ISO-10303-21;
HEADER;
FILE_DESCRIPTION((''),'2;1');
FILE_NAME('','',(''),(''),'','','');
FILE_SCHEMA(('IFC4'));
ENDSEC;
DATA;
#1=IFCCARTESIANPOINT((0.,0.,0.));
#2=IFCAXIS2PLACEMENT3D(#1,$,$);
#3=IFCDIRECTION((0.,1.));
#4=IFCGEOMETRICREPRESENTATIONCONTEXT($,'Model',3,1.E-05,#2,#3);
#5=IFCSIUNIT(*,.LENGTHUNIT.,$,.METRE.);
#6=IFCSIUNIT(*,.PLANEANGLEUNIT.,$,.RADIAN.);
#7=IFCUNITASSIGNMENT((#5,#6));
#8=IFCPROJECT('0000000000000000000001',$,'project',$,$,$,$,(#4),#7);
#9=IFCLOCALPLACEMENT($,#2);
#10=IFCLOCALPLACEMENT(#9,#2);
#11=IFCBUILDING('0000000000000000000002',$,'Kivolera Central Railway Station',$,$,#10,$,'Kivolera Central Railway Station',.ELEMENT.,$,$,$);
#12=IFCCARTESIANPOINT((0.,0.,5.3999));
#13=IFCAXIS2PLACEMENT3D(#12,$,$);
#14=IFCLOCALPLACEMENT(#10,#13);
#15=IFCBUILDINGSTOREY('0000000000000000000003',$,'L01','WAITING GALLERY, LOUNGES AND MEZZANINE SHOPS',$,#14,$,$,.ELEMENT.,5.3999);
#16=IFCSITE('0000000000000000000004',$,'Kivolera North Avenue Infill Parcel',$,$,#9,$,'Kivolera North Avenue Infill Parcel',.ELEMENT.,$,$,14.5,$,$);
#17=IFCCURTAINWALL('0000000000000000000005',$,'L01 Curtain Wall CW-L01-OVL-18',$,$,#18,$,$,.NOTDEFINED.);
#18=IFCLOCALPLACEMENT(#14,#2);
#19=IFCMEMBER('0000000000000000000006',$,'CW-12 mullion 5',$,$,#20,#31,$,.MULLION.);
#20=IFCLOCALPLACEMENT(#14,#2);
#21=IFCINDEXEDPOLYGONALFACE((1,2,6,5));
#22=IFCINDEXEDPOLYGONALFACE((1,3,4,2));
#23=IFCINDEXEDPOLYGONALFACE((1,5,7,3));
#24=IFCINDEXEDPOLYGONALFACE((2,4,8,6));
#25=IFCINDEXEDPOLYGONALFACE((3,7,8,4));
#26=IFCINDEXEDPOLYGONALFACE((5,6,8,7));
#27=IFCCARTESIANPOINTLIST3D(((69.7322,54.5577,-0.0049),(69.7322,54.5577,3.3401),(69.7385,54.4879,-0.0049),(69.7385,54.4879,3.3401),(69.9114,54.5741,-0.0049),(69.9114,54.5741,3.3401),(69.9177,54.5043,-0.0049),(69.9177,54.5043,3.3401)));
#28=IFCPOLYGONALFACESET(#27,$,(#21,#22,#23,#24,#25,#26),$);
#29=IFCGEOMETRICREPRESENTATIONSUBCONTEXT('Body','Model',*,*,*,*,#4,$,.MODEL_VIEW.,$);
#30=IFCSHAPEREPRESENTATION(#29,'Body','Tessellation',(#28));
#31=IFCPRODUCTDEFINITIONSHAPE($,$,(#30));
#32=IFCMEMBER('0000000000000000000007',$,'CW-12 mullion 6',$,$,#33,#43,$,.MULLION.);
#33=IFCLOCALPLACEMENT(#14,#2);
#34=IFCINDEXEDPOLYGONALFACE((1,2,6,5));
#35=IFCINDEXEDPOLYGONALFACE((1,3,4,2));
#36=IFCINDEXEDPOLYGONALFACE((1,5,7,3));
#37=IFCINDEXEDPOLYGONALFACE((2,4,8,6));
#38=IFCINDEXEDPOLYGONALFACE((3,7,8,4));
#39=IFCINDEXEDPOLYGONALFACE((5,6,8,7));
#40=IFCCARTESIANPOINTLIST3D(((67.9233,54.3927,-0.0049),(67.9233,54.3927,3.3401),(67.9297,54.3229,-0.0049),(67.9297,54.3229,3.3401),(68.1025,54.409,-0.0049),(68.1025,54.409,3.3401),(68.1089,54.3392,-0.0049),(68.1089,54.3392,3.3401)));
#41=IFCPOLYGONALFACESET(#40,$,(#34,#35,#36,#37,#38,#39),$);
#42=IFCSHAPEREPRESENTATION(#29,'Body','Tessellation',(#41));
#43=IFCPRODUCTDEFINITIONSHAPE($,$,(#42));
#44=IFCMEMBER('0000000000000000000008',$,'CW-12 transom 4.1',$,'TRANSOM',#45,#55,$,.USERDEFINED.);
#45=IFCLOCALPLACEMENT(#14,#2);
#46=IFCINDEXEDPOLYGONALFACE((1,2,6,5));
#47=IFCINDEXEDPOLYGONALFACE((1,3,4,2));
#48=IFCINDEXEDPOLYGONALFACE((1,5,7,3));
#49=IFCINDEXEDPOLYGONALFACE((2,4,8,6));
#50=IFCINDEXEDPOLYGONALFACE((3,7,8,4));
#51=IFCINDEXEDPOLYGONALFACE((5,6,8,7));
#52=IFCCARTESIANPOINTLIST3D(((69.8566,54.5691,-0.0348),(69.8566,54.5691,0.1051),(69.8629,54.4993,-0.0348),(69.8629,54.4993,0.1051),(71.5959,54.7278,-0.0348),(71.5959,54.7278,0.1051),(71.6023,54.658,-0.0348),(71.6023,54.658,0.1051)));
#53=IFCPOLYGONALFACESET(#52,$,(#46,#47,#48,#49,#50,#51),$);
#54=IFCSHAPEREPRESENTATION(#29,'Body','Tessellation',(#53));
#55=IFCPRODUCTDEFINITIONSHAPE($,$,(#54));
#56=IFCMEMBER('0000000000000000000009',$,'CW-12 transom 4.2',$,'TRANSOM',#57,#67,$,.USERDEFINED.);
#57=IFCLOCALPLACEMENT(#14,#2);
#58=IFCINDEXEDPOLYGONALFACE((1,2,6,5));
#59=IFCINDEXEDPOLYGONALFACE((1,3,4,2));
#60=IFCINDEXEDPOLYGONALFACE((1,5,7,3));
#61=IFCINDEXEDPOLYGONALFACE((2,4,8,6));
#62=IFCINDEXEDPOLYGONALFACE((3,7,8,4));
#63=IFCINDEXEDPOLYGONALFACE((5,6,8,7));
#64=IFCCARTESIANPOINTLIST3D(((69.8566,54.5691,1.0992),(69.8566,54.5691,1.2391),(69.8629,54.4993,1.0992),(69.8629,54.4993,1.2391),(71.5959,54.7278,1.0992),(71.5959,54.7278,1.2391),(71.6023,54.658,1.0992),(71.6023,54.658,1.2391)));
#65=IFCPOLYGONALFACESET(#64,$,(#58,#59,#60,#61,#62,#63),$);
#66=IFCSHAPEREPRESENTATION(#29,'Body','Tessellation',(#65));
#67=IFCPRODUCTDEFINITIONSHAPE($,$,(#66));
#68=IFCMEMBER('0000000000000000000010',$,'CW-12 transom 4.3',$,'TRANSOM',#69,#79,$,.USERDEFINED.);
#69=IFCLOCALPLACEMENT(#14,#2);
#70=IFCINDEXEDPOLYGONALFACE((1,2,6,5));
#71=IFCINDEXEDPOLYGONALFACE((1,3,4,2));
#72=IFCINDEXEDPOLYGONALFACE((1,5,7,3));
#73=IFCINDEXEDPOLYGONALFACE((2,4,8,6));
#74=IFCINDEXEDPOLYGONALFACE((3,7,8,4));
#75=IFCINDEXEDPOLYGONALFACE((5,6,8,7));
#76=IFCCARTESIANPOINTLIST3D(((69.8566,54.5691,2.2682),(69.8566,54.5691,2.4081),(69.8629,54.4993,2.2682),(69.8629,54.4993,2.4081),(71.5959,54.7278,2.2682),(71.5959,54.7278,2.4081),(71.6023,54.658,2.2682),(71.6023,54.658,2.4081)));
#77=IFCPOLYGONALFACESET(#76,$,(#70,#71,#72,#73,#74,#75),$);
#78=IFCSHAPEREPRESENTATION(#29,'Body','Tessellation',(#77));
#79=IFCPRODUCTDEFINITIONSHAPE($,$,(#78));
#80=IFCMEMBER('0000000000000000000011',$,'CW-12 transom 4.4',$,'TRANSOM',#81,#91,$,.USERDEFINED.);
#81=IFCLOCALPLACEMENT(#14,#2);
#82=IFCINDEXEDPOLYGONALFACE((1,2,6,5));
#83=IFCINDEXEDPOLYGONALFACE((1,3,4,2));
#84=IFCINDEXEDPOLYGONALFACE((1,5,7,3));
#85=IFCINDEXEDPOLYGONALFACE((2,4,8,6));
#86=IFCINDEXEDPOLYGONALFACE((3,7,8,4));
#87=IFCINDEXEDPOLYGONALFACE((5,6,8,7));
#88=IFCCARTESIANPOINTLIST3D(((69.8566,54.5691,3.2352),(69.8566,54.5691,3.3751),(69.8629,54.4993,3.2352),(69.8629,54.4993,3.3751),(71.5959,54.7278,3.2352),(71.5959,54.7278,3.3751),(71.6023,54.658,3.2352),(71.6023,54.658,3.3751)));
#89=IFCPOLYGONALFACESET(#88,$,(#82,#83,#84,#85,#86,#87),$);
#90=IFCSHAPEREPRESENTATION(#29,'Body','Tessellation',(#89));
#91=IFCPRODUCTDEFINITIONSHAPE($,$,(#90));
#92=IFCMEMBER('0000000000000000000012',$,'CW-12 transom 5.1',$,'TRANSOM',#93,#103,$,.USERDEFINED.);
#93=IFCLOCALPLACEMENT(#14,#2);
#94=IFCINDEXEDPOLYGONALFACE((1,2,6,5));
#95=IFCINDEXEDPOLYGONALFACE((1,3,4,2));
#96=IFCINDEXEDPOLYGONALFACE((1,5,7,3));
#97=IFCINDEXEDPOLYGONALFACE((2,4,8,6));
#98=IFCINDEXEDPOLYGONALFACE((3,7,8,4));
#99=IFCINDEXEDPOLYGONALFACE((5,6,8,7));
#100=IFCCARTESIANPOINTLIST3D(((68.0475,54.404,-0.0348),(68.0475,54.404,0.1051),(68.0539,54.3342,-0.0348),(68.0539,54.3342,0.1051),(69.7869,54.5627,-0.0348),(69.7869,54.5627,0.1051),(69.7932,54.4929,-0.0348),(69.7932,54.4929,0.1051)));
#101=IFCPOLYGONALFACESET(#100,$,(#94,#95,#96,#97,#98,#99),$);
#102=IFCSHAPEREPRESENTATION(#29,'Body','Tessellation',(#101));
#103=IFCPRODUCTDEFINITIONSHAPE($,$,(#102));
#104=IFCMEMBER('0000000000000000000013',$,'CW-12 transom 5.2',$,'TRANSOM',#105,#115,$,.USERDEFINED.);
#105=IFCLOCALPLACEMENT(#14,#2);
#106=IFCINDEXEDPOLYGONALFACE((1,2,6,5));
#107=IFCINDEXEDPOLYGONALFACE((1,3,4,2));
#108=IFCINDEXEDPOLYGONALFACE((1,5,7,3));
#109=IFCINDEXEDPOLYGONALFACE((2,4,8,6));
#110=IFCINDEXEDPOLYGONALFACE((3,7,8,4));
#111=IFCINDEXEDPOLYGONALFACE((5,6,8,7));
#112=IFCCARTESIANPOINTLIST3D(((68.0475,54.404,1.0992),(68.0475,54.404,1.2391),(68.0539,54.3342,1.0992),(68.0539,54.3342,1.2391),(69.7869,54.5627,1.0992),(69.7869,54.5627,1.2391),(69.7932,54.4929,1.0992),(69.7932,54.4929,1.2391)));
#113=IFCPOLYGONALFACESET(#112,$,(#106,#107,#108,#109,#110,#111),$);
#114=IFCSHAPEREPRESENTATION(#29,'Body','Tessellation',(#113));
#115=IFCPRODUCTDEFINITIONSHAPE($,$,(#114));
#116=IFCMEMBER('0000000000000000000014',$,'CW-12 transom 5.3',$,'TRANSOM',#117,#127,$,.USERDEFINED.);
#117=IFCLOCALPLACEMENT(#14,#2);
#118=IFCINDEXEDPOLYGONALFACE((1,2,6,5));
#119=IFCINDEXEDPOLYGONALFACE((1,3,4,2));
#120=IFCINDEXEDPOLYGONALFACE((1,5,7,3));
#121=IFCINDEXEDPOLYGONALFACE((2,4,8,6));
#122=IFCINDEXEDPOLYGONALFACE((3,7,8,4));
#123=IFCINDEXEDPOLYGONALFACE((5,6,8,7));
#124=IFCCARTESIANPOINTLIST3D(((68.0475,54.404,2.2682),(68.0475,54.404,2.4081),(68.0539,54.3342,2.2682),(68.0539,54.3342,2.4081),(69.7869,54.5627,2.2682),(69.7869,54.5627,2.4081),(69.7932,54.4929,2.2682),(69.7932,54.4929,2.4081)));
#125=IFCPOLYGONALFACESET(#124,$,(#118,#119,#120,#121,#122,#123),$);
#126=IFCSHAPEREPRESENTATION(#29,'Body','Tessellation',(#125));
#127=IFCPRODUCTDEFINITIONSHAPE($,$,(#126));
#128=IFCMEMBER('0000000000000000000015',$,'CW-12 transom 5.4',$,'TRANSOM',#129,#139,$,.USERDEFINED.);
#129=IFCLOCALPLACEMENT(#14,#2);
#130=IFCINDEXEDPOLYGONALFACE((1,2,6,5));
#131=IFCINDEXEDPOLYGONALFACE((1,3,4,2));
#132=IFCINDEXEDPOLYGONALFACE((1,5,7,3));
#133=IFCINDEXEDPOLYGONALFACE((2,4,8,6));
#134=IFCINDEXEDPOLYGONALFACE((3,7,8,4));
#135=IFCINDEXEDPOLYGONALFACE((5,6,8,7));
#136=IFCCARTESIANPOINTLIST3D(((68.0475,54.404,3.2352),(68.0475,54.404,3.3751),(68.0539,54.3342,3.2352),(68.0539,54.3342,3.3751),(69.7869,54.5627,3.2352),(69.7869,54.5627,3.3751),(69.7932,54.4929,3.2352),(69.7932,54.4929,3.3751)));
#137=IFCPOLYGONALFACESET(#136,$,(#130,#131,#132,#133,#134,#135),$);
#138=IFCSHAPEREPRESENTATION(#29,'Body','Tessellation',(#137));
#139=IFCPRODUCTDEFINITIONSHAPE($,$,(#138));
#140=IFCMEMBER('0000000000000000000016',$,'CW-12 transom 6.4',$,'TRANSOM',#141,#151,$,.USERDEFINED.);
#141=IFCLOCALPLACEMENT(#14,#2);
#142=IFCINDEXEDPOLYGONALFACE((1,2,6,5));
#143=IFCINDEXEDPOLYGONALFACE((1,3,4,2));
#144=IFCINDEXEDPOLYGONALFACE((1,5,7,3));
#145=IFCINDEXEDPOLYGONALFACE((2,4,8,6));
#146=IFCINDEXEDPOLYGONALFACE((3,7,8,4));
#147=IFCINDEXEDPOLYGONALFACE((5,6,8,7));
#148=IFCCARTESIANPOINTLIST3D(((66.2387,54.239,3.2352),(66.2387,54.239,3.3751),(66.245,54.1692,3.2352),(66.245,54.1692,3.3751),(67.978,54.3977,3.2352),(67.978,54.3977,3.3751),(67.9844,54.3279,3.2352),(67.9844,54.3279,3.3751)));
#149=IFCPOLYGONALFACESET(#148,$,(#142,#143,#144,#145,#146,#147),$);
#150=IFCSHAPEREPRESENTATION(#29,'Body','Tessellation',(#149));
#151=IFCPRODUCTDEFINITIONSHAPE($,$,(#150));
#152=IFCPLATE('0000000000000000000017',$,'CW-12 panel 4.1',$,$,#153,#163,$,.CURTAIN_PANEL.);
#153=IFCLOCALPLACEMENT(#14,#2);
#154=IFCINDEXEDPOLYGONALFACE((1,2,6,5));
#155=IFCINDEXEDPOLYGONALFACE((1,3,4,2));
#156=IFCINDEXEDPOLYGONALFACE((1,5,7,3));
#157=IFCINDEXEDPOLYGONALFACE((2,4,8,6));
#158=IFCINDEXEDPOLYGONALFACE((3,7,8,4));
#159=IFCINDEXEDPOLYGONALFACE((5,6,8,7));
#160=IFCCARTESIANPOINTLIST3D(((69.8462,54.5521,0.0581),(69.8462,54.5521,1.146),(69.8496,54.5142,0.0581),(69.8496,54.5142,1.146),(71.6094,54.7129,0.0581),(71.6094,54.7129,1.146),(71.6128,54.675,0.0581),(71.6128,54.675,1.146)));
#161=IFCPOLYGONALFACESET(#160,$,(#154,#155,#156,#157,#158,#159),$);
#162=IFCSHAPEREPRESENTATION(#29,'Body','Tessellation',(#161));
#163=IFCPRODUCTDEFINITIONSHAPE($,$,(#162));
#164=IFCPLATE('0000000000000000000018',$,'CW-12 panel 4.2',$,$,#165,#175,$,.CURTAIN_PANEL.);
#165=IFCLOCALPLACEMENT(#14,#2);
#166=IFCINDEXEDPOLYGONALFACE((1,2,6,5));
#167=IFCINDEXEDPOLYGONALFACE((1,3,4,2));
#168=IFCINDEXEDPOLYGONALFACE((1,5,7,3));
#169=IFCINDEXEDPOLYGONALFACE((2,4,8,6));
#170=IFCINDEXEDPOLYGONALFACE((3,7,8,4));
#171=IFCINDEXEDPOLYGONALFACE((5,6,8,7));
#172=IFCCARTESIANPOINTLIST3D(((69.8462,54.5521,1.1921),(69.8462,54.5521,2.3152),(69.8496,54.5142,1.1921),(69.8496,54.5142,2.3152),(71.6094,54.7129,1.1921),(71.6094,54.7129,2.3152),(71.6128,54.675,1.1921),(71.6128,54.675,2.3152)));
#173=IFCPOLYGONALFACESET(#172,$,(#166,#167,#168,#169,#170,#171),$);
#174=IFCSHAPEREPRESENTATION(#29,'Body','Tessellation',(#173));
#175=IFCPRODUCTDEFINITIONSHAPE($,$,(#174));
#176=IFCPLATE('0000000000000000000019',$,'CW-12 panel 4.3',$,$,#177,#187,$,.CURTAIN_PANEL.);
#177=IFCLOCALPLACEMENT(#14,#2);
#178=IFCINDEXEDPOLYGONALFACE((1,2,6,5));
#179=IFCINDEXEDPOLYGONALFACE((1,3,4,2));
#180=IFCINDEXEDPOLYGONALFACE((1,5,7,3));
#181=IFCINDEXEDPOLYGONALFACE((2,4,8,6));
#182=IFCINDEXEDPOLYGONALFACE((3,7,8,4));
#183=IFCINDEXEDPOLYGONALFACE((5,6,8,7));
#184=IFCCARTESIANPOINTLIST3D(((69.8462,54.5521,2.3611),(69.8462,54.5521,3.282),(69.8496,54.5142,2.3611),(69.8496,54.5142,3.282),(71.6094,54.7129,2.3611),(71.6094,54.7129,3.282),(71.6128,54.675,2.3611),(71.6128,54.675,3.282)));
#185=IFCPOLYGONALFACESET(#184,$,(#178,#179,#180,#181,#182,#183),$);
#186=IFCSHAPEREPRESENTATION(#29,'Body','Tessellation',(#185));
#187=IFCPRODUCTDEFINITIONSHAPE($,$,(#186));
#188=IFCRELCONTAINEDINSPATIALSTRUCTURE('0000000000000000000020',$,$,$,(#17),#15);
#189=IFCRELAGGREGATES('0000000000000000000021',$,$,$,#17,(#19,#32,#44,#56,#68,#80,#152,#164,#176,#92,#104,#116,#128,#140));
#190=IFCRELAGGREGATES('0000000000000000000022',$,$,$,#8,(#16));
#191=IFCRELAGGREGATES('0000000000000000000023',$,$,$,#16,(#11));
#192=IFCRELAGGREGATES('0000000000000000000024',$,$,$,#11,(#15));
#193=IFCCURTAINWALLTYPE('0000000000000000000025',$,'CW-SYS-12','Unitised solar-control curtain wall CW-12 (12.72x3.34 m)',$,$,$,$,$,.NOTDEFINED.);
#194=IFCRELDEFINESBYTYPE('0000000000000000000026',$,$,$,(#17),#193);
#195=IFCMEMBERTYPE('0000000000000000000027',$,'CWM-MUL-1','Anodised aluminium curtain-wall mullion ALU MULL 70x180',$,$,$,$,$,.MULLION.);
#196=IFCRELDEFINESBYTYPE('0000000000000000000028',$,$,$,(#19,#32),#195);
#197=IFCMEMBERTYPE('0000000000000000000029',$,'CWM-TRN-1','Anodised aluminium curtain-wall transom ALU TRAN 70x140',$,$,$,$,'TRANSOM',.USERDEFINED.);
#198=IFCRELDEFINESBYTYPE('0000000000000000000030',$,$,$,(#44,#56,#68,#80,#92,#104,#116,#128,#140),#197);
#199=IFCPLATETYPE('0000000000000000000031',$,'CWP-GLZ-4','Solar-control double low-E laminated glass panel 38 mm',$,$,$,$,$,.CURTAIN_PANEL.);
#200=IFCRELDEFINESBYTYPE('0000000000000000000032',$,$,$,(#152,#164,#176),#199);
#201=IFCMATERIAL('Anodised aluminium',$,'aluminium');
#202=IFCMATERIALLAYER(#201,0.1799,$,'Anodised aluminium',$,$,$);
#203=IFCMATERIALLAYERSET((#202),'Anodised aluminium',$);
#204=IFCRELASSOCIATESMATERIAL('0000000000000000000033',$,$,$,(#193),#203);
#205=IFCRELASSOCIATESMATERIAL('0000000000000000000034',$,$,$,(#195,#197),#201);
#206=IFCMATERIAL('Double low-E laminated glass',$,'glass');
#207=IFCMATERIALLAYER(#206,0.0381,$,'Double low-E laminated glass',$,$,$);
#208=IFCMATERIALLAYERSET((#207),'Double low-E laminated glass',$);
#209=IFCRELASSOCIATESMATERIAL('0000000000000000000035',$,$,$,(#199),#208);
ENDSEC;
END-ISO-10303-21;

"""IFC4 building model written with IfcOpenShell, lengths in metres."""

from ifc_helpers import new_model, si_unit, direction, frame, origin, origin_2d, place, context, subcontext, project, spatial, rectangle, extrude, material, layer, layer_set, material_profile, profile_set, type_object, element, aggregate, save


model = new_model("IFC4")

# Units and contexts
model_context = context("Model", 3, precision=1e-05, world=origin(), true_north=direction((0.0, 1.0)))
body_context = subcontext(model_context, "Body", "Model", "MODEL_VIEW")
ifc_project = project(units=[si_unit("LENGTHUNIT", "METRE"), si_unit("PLANEANGLEUNIT", "RADIAN")], contexts=[model_context])

# Site, building, storey
site_placement = place(None, origin())
site = spatial("IfcSite", under=ifc_project, at=site_placement, Name="Kivolera North Avenue Infill Parcel", LongName="Kivolera North Avenue Infill Parcel", CompositionType="ELEMENT", RefElevation=14.5)
building_placement = place(site_placement, origin())
building = spatial("IfcBuilding", under=site, at=building_placement, Name="Kivolera Central Railway Station", LongName="Kivolera Central Railway Station", CompositionType="ELEMENT")
storey_placement = place(building_placement, frame((0.0, 0.0, 5.3999)))
storey = spatial("IfcBuildingStorey", under=building, at=storey_placement, Name="L01", Description="WAITING GALLERY, LOUNGES AND MEZZANINE SHOPS", CompositionType="ELEMENT", Elevation=5.3999)

# Curtain wall, members, plates
ifc_material_1 = material(Name="Anodised aluminium", Category="aluminium")
ifc_layer_1 = layer(ifc_material_1, 0.1799, Name="Anodised aluminium")
ifc_layer_set_1 = layer_set([ifc_layer_1], Name="Anodised aluminium")
curtain_wall_type = type_object("IfcCurtainWallType", Name="CW-SYS-12", Description="Unitised solar-control curtain wall CW-12 (12.72x3.34 m)", PredefinedType="NOTDEFINED", material=ifc_layer_set_1)
curtain_wall_placement = place(storey_placement, origin())
curtain_wall = element("IfcCurtainWall", 1, at=curtain_wall_placement, inside=storey, type_object=curtain_wall_type, Name="L01 Curtain Wall CW-L01-OVL-18", PredefinedType="NOTDEFINED")
ifc_material_profile_1 = material_profile(ifc_material_1, rectangle(XDim=0.0701, YDim=0.1799, at=origin_2d()), Name="ALU MULL 70x180")
ifc_profile_set_1 = profile_set([ifc_material_profile_1], Name="Anodised aluminium")
member_type_1 = type_object("IfcMemberType", Name="CWM-MUL-1", Description="Anodised aluminium curtain-wall mullion ALU MULL 70x180", PredefinedType="MULLION", material=ifc_profile_set_1)
member_1_placement = place(storey_placement, frame((69.825, 54.531, -0.0049), z_axis=(0.0, 0.0, 1.0), x_axis=(0.090834, -0.995866, 0.0)))
member_1 = element("IfcMember", 2, at=member_1_placement, type_object=member_type_1, Name="CW-12 mullion 5", PredefinedType="MULLION", context=body_context, shape_type="SweptSolid", body=[
    extrude(rectangle(XDim=0.0701, YDim=0.1799, at=origin_2d()), origin(), (0.0, 0.0, 1.0), 3.345),
])
member_2_placement = place(storey_placement, frame((68.0161, 54.366, -0.0049), z_axis=(0.0, 0.0, 1.0), x_axis=(0.090834, -0.995866, 0.0)))
member_2 = element("IfcMember", 3, at=member_2_placement, type_object=member_type_1, Name="CW-12 mullion 6", PredefinedType="MULLION", context=body_context, shape_type="SweptSolid", body=[
    extrude(rectangle(XDim=0.0701, YDim=0.1799, at=origin_2d()), origin(), (0.0, 0.0, 1.0), 3.345),
])
ifc_material_profile_2 = material_profile(ifc_material_1, rectangle(XDim=0.0701, YDim=0.1399, at=origin_2d()), Name="ALU TRAN 70x140")
ifc_profile_set_2 = profile_set([ifc_material_profile_2], Name="Anodised aluminium")
member_type_2 = type_object("IfcMemberType", Name="CWM-TRN-1", Description="Anodised aluminium curtain-wall transom ALU TRAN 70x140", ElementType="TRANSOM", PredefinedType="USERDEFINED", material=ifc_profile_set_2)
member_3_placement = place(storey_placement, frame((71.5991, 54.6929, 0.0352), z_axis=(-0.995863, -0.090863, 0.0), x_axis=(0.090863, -0.995863, 0.0)))
member_3 = element("IfcMember", 4, at=member_3_placement, type_object=member_type_2, Name="CW-12 transom 4.1", ObjectType="TRANSOM", PredefinedType="USERDEFINED", context=body_context, shape_type="SweptSolid", body=[
    extrude(rectangle(XDim=0.0701, YDim=0.1399, at=origin_2d()), origin(), (0.0, 0.0, 1.0), 1.7466),
])
member_4_placement = place(storey_placement, frame((71.5991, 54.6929, 1.1692), z_axis=(-0.995863, -0.090863, 0.0), x_axis=(0.090863, -0.995863, 0.0)))
member_4 = element("IfcMember", 5, at=member_4_placement, type_object=member_type_2, Name="CW-12 transom 4.2", ObjectType="TRANSOM", PredefinedType="USERDEFINED", context=body_context, shape_type="SweptSolid", body=[
    extrude(rectangle(XDim=0.0701, YDim=0.1399, at=origin_2d()), origin(), (0.0, 0.0, 1.0), 1.7466),
])
member_5_placement = place(storey_placement, frame((71.5991, 54.6929, 2.3381), z_axis=(-0.995863, -0.090863, 0.0), x_axis=(0.090863, -0.995863, 0.0)))
member_5 = element("IfcMember", 6, at=member_5_placement, type_object=member_type_2, Name="CW-12 transom 4.3", ObjectType="TRANSOM", PredefinedType="USERDEFINED", context=body_context, shape_type="SweptSolid", body=[
    extrude(rectangle(XDim=0.0701, YDim=0.1399, at=origin_2d()), origin(), (0.0, 0.0, 1.0), 1.7466),
])
member_6_placement = place(storey_placement, frame((71.5991, 54.6929, 3.3052), z_axis=(-0.995863, -0.090863, 0.0), x_axis=(0.090863, -0.995863, 0.0)))
member_6 = element("IfcMember", 7, at=member_6_placement, type_object=member_type_2, Name="CW-12 transom 4.4", ObjectType="TRANSOM", PredefinedType="USERDEFINED", context=body_context, shape_type="SweptSolid", body=[
    extrude(rectangle(XDim=0.0701, YDim=0.1399, at=origin_2d()), origin(), (0.0, 0.0, 1.0), 1.7466),
])
member_7_placement = place(storey_placement, frame((69.79, 54.5278, 0.0352), z_axis=(-0.995863, -0.090863, 0.0), x_axis=(0.090863, -0.995863, 0.0)))
member_7 = element("IfcMember", 8, at=member_7_placement, type_object=member_type_2, Name="CW-12 transom 5.1", ObjectType="TRANSOM", PredefinedType="USERDEFINED", context=body_context, shape_type="SweptSolid", body=[
    extrude(rectangle(XDim=0.0701, YDim=0.1399, at=origin_2d()), origin(), (0.0, 0.0, 1.0), 1.7466),
])
member_8_placement = place(storey_placement, frame((69.79, 54.5278, 1.1692), z_axis=(-0.995863, -0.090863, 0.0), x_axis=(0.090863, -0.995863, 0.0)))
member_8 = element("IfcMember", 9, at=member_8_placement, type_object=member_type_2, Name="CW-12 transom 5.2", ObjectType="TRANSOM", PredefinedType="USERDEFINED", context=body_context, shape_type="SweptSolid", body=[
    extrude(rectangle(XDim=0.0701, YDim=0.1399, at=origin_2d()), origin(), (0.0, 0.0, 1.0), 1.7466),
])
member_9_placement = place(storey_placement, frame((69.79, 54.5278, 2.3381), z_axis=(-0.995863, -0.090863, 0.0), x_axis=(0.090863, -0.995863, 0.0)))
member_9 = element("IfcMember", 10, at=member_9_placement, type_object=member_type_2, Name="CW-12 transom 5.3", ObjectType="TRANSOM", PredefinedType="USERDEFINED", context=body_context, shape_type="SweptSolid", body=[
    extrude(rectangle(XDim=0.0701, YDim=0.1399, at=origin_2d()), origin(), (0.0, 0.0, 1.0), 1.7466),
])
member_10_placement = place(storey_placement, frame((69.79, 54.5278, 3.3052), z_axis=(-0.995863, -0.090863, 0.0), x_axis=(0.090863, -0.995863, 0.0)))
member_10 = element("IfcMember", 11, at=member_10_placement, type_object=member_type_2, Name="CW-12 transom 5.4", ObjectType="TRANSOM", PredefinedType="USERDEFINED", context=body_context, shape_type="SweptSolid", body=[
    extrude(rectangle(XDim=0.0701, YDim=0.1399, at=origin_2d()), origin(), (0.0, 0.0, 1.0), 1.7466),
])
member_11_placement = place(storey_placement, frame((67.9812, 54.3628, 3.3052), z_axis=(-0.995863, -0.090863, 0.0), x_axis=(0.090863, -0.995863, 0.0)))
member_11 = element("IfcMember", 12, at=member_11_placement, type_object=member_type_2, Name="CW-12 transom 6.4", ObjectType="TRANSOM", PredefinedType="USERDEFINED", context=body_context, shape_type="SweptSolid", body=[
    extrude(rectangle(XDim=0.0701, YDim=0.1399, at=origin_2d()), origin(), (0.0, 0.0, 1.0), 1.7466),
])
ifc_material_2 = material(Name="Double low-E laminated glass", Category="glass")
ifc_layer_2 = layer(ifc_material_2, 0.0381, Name="Double low-E laminated glass")
ifc_layer_set_2 = layer_set([ifc_layer_2], Name="Double low-E laminated glass")
plate_type = type_object("IfcPlateType", Name="CWP-GLZ-4", Description="Solar-control double low-E laminated glass panel 38 mm", PredefinedType="CURTAIN_PANEL", material=ifc_layer_set_2)
plate_1_placement = place(storey_placement, frame((70.7295, 54.6135, 0.0581), z_axis=(0.0, 0.0, 1.0), x_axis=(-0.995866, -0.090834, 0.0)))
plate_1 = element("IfcPlate", 13, at=plate_1_placement, type_object=plate_type, Name="CW-12 panel 4.1", PredefinedType="CURTAIN_PANEL", context=body_context, shape_type="SweptSolid", body=[
    extrude(rectangle(XDim=1.7705, YDim=0.0381, at=origin_2d()), origin(), (0.0, 0.0, 1.0), 1.0879),
])
plate_2_placement = place(storey_placement, frame((70.7295, 54.6135, 1.1921), z_axis=(0.0, 0.0, 1.0), x_axis=(-0.995866, -0.090834, 0.0)))
plate_2 = element("IfcPlate", 14, at=plate_2_placement, type_object=plate_type, Name="CW-12 panel 4.2", PredefinedType="CURTAIN_PANEL", context=body_context, shape_type="SweptSolid", body=[
    extrude(rectangle(XDim=1.7705, YDim=0.0381, at=origin_2d()), origin(), (0.0, 0.0, 1.0), 1.123),
])
plate_3_placement = place(storey_placement, frame((70.7295, 54.6135, 2.3611), z_axis=(0.0, 0.0, 1.0), x_axis=(-0.995866, -0.090834, 0.0)))
plate_3 = element("IfcPlate", 15, at=plate_3_placement, type_object=plate_type, Name="CW-12 panel 4.3", PredefinedType="CURTAIN_PANEL", context=body_context, shape_type="SweptSolid", body=[
    extrude(rectangle(XDim=1.7705, YDim=0.0381, at=origin_2d()), origin(), (0.0, 0.0, 1.0), 0.9209),
])
aggregate(curtain_wall, [member_1, member_2, member_3, member_4, member_5, member_6, plate_1, plate_2, plate_3, member_7, member_8, member_9, member_10, member_11])

save(model, "model.ifc")
